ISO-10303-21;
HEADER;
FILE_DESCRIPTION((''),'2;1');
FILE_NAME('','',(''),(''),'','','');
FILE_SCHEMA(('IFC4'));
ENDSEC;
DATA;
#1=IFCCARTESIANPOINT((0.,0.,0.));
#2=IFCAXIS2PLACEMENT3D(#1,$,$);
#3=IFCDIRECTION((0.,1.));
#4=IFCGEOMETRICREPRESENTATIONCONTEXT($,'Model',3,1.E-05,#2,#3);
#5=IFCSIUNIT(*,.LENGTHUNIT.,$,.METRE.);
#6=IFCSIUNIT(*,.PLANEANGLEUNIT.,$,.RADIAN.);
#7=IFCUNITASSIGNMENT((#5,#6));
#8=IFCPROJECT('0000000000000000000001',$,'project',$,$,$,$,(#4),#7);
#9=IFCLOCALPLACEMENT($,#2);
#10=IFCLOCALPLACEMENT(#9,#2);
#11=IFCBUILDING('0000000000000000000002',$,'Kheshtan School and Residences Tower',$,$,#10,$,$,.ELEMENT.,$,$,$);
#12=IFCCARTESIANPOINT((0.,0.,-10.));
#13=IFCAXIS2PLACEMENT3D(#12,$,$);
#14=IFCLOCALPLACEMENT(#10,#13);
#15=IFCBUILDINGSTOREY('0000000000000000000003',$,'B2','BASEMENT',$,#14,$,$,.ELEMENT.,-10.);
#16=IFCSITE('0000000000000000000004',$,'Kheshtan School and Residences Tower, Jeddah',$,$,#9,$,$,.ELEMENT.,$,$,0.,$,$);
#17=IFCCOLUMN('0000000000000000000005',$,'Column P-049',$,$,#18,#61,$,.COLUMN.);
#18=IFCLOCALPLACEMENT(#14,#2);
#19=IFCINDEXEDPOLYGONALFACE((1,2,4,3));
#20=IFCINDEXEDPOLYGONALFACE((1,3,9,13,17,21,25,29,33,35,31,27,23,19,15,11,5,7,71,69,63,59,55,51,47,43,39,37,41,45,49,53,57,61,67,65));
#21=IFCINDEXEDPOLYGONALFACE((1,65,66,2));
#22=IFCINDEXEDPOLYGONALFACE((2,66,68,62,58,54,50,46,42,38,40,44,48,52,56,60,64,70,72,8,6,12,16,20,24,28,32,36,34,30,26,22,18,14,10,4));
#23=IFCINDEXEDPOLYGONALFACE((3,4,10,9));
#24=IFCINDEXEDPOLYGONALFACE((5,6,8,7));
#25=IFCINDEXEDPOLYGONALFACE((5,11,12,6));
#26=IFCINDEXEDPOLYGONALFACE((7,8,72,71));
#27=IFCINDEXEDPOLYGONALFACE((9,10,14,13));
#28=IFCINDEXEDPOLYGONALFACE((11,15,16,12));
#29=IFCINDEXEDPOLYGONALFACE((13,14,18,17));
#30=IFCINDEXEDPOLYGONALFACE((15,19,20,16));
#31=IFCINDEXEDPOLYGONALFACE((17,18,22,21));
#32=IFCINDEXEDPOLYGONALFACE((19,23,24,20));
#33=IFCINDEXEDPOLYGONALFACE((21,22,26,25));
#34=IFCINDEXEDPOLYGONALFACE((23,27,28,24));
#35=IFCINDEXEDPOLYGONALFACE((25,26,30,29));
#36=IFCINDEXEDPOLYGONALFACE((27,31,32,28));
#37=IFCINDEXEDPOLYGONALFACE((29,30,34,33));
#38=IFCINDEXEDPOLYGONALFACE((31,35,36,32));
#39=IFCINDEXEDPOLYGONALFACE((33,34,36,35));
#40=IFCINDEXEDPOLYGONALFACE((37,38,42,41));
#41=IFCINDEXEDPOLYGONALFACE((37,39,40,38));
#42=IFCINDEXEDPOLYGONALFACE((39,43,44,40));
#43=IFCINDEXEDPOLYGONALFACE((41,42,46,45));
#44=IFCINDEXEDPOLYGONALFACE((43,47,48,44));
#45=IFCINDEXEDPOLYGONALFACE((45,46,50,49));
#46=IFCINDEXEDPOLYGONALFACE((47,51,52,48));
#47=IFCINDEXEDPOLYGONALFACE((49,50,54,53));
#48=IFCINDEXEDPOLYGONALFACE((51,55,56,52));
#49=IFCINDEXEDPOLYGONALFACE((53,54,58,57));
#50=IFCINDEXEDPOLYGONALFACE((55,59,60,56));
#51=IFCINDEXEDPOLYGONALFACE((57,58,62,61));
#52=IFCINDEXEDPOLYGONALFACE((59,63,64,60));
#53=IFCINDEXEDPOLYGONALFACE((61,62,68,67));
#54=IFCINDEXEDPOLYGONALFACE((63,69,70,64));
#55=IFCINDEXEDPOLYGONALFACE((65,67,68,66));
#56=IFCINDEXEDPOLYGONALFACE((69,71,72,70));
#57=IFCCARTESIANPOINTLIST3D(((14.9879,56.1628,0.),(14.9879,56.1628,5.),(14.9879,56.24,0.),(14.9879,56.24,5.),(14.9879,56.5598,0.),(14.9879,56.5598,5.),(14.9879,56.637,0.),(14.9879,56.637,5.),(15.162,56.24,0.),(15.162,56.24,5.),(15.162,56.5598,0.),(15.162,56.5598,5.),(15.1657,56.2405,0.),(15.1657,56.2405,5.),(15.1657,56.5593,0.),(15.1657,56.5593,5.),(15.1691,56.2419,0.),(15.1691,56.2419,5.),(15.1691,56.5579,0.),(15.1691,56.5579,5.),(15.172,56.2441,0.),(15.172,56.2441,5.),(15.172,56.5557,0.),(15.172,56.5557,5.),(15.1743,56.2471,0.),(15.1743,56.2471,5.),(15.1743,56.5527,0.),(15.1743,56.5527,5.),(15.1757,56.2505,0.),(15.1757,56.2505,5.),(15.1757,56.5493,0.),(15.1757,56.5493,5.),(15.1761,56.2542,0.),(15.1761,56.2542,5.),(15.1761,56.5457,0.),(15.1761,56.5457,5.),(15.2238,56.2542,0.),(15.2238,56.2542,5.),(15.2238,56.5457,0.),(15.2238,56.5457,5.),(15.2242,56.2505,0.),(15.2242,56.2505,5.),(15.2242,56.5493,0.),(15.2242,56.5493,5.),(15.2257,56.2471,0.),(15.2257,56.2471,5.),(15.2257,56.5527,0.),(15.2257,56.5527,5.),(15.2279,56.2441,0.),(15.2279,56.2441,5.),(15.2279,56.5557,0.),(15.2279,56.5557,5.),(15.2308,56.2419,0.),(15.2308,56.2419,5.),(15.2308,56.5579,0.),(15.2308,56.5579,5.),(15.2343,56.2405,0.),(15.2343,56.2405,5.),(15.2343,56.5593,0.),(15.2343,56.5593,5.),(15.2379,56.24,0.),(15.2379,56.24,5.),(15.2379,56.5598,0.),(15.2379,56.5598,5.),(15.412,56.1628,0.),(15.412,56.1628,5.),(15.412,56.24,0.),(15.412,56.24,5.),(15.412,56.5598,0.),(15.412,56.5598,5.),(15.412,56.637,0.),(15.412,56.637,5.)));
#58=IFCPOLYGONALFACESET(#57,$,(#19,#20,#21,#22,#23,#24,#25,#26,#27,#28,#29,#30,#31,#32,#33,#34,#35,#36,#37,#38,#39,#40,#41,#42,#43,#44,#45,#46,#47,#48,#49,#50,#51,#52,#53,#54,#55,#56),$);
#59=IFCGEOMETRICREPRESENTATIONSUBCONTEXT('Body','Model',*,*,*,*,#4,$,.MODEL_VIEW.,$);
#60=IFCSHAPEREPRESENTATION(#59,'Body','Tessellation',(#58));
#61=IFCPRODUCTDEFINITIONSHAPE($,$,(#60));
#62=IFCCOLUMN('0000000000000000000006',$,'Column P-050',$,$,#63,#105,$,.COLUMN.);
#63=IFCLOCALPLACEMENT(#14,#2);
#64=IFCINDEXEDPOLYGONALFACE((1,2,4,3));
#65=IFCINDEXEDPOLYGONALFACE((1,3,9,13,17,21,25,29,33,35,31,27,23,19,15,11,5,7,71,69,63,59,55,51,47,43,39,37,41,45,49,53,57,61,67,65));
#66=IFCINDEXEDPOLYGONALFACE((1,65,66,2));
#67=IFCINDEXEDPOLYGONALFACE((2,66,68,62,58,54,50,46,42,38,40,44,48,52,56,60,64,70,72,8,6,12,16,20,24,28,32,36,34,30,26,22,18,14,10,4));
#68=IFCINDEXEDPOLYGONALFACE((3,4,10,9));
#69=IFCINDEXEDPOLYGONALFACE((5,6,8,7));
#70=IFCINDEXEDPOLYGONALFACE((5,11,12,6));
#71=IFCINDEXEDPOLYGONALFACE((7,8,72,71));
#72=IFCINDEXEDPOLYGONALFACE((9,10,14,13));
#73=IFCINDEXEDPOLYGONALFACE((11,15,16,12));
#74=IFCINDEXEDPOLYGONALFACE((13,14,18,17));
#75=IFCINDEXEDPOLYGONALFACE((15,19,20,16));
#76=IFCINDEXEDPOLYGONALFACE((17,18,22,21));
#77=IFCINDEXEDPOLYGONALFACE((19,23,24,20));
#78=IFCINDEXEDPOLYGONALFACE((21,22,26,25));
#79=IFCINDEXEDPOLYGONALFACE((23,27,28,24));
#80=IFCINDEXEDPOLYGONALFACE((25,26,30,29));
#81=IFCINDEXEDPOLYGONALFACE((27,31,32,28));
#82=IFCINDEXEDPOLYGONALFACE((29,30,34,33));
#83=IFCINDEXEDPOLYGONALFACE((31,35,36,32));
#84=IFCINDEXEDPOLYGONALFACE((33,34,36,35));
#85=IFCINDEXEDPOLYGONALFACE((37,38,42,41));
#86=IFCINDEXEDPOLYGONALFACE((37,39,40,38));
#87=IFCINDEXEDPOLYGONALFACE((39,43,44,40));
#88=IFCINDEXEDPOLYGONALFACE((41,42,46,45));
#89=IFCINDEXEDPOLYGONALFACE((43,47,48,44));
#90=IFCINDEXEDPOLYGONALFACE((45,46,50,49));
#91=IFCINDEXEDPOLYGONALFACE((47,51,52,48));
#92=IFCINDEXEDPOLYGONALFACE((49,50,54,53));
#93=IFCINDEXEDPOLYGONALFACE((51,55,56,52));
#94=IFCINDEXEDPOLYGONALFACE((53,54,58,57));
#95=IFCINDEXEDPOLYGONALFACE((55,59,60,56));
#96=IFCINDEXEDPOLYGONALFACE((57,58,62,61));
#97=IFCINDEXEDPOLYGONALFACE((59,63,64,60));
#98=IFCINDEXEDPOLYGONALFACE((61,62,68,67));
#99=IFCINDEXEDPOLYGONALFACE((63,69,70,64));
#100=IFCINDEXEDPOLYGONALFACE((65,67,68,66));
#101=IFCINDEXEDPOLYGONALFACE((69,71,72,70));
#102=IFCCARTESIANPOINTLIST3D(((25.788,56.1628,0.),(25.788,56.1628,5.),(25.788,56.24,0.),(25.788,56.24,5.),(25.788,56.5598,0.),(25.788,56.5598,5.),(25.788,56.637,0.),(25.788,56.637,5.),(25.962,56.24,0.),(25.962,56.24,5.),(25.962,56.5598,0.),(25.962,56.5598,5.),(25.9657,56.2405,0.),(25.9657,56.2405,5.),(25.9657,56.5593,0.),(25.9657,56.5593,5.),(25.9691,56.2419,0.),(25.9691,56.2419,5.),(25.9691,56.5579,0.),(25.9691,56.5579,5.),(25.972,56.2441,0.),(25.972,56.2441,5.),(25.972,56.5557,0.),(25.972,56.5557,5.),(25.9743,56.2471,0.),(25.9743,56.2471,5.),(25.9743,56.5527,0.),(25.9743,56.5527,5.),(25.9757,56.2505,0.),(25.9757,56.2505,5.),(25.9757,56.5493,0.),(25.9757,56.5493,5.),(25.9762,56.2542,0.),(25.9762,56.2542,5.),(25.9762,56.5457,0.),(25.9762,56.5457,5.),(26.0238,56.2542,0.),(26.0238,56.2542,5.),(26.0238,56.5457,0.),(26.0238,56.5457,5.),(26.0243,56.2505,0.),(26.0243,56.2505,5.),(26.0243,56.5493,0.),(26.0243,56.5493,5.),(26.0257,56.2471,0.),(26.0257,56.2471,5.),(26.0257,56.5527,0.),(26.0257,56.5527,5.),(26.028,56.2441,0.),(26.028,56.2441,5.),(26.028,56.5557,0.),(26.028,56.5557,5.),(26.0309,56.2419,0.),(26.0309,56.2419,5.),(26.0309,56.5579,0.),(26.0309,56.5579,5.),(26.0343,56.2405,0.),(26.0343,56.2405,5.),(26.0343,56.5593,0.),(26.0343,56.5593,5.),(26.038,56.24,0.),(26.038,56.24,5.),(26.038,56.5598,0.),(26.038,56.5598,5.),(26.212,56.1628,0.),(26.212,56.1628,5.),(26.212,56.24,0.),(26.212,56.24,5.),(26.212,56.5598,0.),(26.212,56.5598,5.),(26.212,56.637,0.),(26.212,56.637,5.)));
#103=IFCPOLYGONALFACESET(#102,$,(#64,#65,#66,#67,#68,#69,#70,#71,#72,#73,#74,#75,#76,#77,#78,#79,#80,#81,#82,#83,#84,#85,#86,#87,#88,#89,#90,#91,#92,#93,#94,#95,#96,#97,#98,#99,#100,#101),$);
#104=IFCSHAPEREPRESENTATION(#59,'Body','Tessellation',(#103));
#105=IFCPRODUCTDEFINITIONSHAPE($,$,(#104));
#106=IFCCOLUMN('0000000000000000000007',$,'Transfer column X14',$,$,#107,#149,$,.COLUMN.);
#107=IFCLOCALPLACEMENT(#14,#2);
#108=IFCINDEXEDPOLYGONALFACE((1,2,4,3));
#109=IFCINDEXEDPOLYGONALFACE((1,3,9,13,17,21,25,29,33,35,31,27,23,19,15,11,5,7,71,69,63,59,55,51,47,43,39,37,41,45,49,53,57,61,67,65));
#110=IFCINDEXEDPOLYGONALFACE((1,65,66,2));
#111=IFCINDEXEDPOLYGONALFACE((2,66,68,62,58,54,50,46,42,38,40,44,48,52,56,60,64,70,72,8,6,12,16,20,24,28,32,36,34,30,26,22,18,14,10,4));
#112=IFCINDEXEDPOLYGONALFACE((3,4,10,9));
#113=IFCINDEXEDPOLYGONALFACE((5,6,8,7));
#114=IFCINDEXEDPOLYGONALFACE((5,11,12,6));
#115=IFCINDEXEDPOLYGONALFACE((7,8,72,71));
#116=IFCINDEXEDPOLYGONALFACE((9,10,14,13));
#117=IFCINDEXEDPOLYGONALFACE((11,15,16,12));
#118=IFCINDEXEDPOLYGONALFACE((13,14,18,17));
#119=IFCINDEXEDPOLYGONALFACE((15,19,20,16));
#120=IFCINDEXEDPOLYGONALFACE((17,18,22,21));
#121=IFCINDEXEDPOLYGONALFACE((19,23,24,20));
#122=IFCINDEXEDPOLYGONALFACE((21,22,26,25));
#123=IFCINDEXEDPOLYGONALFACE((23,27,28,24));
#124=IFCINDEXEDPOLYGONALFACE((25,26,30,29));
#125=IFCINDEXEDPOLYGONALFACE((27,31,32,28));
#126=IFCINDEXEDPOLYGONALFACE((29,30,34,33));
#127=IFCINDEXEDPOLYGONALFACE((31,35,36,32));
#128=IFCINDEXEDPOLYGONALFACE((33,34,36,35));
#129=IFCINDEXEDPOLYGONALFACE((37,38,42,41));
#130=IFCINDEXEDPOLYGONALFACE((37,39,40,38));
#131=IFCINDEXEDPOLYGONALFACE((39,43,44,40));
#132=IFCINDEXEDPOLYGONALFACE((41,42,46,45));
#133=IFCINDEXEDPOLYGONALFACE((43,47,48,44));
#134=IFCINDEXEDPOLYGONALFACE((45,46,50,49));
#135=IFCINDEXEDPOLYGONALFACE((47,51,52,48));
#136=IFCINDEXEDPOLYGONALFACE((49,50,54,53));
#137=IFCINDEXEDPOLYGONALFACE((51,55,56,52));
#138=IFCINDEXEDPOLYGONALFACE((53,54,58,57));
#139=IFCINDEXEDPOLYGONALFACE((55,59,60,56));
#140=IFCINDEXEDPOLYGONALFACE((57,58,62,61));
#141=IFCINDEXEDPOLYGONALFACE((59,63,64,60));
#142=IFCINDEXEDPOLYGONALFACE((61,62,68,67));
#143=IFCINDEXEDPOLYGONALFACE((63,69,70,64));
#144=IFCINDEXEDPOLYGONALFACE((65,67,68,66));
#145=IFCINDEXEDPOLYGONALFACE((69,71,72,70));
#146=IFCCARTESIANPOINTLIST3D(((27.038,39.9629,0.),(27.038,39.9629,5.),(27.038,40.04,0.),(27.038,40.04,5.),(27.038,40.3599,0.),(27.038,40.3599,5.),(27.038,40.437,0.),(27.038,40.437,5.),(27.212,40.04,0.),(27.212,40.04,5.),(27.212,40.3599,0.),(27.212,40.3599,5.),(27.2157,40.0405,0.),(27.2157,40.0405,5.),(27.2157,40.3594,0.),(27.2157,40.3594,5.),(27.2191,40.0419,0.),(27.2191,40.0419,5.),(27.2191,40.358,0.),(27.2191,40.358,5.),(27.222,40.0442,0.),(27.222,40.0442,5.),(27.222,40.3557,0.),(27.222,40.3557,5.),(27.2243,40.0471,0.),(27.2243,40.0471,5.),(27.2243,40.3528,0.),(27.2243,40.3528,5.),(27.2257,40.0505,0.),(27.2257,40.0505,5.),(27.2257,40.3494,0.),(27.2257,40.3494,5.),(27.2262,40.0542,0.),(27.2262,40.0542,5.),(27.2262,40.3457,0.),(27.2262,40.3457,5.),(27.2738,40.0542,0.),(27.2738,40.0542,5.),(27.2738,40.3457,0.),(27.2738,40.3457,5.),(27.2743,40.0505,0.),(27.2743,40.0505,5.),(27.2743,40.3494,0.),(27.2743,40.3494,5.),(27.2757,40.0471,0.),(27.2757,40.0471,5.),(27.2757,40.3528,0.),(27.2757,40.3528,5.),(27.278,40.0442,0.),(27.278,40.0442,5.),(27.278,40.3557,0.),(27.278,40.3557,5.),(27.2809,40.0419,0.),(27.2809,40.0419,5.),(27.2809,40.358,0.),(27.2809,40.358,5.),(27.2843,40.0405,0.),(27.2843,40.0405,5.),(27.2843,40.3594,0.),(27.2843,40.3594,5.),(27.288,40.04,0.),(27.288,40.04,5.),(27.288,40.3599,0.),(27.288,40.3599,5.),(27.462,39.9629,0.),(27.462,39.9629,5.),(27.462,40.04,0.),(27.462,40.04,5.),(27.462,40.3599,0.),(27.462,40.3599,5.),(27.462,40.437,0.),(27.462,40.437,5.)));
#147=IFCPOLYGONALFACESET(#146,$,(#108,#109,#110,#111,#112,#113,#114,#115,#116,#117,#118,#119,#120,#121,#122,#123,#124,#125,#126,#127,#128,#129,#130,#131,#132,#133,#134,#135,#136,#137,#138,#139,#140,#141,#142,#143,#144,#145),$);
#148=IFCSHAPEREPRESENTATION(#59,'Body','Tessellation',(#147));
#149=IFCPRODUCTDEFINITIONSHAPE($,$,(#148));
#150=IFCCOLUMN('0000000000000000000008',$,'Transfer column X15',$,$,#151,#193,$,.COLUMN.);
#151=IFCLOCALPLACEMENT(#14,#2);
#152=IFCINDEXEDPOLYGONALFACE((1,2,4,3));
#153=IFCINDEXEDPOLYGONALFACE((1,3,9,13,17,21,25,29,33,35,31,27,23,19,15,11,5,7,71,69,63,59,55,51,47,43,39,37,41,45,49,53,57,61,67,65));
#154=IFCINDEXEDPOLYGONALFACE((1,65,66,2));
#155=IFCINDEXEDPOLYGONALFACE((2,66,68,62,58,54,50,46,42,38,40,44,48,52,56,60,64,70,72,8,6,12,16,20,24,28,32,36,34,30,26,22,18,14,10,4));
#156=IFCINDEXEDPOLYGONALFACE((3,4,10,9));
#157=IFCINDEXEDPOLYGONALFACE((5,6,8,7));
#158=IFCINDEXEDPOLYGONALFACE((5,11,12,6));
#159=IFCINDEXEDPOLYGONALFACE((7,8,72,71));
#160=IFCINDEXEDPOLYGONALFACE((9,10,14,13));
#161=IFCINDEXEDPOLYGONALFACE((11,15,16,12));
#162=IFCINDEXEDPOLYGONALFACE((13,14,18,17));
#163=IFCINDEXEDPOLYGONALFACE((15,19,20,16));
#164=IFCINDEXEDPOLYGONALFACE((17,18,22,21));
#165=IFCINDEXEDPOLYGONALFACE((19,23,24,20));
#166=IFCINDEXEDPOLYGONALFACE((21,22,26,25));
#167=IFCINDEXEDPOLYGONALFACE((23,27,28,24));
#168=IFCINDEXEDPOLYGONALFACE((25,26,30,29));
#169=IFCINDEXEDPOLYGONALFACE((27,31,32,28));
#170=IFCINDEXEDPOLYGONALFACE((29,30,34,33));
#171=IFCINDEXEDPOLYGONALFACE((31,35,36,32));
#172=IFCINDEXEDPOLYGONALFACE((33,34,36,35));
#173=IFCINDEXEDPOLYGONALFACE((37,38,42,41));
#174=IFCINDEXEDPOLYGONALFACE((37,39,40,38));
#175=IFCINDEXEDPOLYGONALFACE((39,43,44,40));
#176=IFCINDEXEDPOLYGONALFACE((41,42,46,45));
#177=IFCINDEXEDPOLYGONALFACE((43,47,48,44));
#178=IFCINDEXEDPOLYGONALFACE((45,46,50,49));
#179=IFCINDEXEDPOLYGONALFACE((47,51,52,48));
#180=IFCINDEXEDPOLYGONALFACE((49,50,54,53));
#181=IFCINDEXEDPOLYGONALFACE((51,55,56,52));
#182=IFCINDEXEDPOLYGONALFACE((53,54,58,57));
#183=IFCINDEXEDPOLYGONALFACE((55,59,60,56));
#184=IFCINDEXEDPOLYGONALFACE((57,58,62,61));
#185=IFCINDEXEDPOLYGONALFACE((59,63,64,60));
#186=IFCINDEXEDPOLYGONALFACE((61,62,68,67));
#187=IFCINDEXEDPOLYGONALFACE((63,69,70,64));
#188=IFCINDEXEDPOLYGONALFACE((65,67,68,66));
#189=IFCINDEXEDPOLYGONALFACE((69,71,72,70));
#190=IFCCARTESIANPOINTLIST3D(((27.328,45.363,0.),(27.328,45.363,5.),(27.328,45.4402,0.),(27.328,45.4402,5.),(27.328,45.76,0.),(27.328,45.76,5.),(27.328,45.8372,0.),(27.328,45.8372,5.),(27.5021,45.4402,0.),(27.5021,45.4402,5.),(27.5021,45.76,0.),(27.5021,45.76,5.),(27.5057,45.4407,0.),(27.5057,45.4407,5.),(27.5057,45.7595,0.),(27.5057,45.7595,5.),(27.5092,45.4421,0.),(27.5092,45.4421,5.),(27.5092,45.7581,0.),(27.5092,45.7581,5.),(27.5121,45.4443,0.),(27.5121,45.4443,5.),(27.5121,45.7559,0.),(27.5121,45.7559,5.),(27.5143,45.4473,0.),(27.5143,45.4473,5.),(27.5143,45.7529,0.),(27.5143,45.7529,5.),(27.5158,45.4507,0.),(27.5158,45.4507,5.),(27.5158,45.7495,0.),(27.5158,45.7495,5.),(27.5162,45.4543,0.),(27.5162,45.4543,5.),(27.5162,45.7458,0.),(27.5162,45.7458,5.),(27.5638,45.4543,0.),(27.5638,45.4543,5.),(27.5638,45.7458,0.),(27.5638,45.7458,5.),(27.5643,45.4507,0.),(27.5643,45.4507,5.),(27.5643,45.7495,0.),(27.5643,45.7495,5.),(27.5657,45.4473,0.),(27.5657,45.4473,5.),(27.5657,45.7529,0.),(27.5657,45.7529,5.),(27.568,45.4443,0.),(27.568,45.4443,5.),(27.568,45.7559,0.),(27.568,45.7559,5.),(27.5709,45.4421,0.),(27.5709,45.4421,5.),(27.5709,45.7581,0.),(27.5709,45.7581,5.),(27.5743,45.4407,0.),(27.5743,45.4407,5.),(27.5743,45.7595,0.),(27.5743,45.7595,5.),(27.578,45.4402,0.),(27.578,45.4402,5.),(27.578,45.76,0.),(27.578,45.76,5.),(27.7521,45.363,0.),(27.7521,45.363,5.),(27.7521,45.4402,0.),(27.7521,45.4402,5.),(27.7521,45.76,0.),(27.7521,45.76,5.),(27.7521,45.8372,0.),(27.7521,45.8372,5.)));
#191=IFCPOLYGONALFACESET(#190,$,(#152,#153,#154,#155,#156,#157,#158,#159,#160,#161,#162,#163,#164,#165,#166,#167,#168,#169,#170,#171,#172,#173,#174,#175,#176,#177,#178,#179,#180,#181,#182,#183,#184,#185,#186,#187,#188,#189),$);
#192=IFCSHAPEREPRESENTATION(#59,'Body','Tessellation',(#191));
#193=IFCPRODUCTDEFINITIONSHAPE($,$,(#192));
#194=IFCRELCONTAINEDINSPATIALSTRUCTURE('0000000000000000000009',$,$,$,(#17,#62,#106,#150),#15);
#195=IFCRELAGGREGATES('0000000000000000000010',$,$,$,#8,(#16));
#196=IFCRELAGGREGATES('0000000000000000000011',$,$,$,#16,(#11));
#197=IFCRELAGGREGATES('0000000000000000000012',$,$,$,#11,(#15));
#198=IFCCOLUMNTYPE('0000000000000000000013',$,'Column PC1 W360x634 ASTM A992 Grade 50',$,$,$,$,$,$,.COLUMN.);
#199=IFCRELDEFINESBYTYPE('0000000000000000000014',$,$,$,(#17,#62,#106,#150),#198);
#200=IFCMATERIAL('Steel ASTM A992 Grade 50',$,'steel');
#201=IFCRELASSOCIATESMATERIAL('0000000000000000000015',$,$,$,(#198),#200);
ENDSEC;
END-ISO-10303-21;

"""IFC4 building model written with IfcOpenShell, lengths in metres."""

from ifc_helpers import new_model, si_unit, direction, frame, origin, origin_2d, place, context, subcontext, project, spatial, i_section, extrude, material, material_profile, profile_set, type_object, element, save


model = new_model("IFC4")

# Units and contexts
model_context = context("Model", 3, precision=1e-05, world=origin(), true_north=direction((0.0, 1.0)))
body_context = subcontext(model_context, "Body", "Model", "MODEL_VIEW")
ifc_project = project(units=[si_unit("LENGTHUNIT", "METRE"), si_unit("PLANEANGLEUNIT", "RADIAN")], contexts=[model_context])

# Site, building, storey
site_placement = place(None, origin())
site = spatial("IfcSite", under=ifc_project, at=site_placement, Name="Kheshtan School and Residences Tower, Jeddah", CompositionType="ELEMENT", RefElevation=0.0)
building_placement = place(site_placement, origin())
building = spatial("IfcBuilding", under=site, at=building_placement, Name="Kheshtan School and Residences Tower", CompositionType="ELEMENT")
storey_placement = place(building_placement, frame((0.0, 0.0, -10.0)))
storey = spatial("IfcBuildingStorey", under=building, at=storey_placement, Name="B2", Description="BASEMENT", CompositionType="ELEMENT", Elevation=-10.0)

# Columns
ifc_material_1 = material(Name="Steel ASTM A992 Grade 50", Category="steel")
ifc_material_profile_1 = material_profile(ifc_material_1, i_section(OverallWidth=0.4241, OverallDepth=0.4741, WebThickness=0.0476, FlangeThickness=0.0771, FilletRadius=0.0142, at=origin_2d()), Name="W360x634")
ifc_profile_set_1 = profile_set([ifc_material_profile_1], Name="Steel ASTM A992 Grade 50")
column_type = type_object("IfcColumnType", Name="Column PC1 W360x634 ASTM A992 Grade 50", PredefinedType="COLUMN", material=ifc_profile_set_1)
for number, where, z_axis, x_axis, name in (
    (1, (15.2, 56.3999, 0.0), (0.0, 0.0, 1.0), (1.0, 0.0, 0.0), "Column P-049"),
    (2, (26.0, 56.3999, 0.0), (0.0, 0.0, 1.0), (1.0, 0.0, 0.0), "Column P-050"),
    (3, (27.25, 40.2, 0.0), (0.0, 0.0, 1.0), (1.0, 0.0, 0.0), "Transfer column X14"),
    (4, (27.54, 45.6001, 0.0), (0.0, 0.0, 1.0), (1.0, 0.0, 0.0), "Transfer column X15"),
):
    element("IfcColumn", number, at=place(storey_placement, frame(where, z_axis=z_axis, x_axis=x_axis)), inside=storey, type_object=column_type, Name=name, PredefinedType="COLUMN", context=body_context, shape_type="SweptSolid", body=[
        extrude(i_section(OverallWidth=0.4241, OverallDepth=0.4741, WebThickness=0.0476, FlangeThickness=0.0771, FilletRadius=0.0142, at=origin_2d()), origin(), (0.0, 0.0, 1.0), 5.0),
    ])

save(model, "model.ifc")
